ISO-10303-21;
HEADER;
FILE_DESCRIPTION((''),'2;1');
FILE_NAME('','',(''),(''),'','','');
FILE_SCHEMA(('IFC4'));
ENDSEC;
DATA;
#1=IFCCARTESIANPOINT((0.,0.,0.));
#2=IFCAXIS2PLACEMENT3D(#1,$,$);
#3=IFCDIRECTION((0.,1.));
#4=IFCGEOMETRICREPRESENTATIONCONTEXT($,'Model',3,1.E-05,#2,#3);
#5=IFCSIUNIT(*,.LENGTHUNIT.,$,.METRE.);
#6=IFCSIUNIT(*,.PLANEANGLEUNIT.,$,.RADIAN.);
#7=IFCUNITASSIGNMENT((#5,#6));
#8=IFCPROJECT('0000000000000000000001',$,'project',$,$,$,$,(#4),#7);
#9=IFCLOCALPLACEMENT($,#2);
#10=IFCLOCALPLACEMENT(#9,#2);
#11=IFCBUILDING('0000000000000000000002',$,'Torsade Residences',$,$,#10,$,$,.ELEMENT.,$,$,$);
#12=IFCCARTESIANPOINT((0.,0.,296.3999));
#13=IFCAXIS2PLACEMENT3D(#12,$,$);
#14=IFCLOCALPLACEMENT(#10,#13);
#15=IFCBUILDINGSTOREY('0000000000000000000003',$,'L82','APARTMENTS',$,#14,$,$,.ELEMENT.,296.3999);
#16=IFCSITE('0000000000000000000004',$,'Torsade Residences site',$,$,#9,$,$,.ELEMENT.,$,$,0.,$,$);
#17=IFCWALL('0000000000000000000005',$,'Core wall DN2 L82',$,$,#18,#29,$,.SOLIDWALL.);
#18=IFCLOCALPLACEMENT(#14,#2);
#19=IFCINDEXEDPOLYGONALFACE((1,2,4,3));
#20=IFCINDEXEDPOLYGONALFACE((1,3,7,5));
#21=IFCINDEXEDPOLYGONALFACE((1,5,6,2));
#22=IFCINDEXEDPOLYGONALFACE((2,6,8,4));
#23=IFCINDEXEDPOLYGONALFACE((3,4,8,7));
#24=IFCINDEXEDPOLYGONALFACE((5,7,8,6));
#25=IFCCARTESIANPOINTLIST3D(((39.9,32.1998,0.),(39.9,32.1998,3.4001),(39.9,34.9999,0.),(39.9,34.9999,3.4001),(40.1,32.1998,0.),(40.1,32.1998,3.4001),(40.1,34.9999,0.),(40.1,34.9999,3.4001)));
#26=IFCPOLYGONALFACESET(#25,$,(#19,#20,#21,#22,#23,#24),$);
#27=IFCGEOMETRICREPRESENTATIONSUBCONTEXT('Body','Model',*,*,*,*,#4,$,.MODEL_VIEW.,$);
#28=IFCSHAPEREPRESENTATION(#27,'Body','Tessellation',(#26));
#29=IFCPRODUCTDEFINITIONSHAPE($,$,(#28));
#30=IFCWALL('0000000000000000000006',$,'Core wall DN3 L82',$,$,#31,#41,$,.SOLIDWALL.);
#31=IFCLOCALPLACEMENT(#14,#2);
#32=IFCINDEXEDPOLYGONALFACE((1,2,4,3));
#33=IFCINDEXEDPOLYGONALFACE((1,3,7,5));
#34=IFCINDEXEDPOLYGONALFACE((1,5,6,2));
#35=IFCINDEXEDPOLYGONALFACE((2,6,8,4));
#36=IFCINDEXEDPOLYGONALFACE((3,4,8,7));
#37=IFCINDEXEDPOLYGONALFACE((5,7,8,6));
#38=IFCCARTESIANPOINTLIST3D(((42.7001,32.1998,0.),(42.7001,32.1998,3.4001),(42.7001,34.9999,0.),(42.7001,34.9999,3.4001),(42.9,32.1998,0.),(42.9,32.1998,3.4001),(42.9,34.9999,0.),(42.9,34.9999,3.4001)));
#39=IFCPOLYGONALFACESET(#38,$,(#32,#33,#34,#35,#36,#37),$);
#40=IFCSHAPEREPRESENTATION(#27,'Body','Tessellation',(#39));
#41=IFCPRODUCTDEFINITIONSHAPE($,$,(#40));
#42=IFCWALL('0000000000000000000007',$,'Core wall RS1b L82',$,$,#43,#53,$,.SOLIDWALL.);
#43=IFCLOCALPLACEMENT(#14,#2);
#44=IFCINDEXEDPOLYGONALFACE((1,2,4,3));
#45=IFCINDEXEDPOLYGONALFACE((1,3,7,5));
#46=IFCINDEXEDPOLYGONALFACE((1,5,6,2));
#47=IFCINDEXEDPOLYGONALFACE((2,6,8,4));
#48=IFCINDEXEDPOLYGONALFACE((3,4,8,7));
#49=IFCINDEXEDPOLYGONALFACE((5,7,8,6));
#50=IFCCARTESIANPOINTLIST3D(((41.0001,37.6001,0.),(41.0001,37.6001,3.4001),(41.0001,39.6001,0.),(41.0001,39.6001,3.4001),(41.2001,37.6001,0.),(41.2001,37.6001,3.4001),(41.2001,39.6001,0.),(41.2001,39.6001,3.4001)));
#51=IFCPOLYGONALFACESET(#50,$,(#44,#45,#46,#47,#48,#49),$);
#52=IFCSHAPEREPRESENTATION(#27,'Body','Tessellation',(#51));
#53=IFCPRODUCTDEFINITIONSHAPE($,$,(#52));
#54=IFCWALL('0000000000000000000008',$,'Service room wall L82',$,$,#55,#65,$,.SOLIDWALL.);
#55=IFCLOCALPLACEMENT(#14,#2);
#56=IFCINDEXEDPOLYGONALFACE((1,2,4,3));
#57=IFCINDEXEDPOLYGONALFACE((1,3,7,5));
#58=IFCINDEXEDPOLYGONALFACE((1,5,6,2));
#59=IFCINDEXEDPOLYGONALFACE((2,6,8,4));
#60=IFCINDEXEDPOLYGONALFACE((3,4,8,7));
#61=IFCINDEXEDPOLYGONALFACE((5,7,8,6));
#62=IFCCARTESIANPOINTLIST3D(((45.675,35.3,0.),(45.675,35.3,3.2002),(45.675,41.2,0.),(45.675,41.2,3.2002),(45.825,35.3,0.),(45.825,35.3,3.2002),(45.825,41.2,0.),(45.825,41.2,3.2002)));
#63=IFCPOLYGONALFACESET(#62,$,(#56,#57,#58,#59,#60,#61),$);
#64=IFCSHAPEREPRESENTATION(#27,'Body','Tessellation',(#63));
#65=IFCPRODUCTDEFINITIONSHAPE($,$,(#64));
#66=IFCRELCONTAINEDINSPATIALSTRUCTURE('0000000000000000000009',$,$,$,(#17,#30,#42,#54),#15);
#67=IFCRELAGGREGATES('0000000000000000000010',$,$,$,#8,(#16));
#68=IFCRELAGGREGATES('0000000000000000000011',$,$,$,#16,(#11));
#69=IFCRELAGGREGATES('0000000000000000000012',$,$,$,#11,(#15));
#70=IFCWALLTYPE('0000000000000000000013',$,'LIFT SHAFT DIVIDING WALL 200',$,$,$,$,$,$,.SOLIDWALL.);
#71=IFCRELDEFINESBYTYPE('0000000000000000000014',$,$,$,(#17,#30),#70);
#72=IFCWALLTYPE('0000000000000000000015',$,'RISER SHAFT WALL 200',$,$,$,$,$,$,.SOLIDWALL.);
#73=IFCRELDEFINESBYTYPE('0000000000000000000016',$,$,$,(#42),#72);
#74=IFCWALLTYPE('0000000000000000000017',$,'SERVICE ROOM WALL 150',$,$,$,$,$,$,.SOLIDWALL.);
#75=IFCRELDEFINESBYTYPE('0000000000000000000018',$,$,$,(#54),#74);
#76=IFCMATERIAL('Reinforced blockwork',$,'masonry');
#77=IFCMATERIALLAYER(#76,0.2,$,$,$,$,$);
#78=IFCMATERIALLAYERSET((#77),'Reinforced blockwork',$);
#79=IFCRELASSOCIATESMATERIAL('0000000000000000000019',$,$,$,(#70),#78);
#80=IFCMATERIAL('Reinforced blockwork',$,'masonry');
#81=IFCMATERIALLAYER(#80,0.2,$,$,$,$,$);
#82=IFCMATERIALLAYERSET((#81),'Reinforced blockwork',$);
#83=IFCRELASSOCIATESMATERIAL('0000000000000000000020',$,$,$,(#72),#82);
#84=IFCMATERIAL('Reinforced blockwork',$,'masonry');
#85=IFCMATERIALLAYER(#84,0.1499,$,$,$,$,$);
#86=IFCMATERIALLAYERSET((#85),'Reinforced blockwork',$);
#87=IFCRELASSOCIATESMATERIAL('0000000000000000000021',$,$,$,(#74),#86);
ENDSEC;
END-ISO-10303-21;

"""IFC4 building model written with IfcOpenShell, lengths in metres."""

from ifc_helpers import new_model, si_unit, direction, frame, frame_2d, origin, place, context, subcontext, project, spatial, rectangle, extrude, material, layer, layer_set, type_object, element, save


model = new_model("IFC4")

# Units and contexts
model_context = context("Model", 3, precision=1e-05, world=origin(), true_north=direction((0.0, 1.0)))
body_context = subcontext(model_context, "Body", "Model", "MODEL_VIEW")
ifc_project = project(units=[si_unit("LENGTHUNIT", "METRE"), si_unit("PLANEANGLEUNIT", "RADIAN")], contexts=[model_context])

# Site, building, storey
site_placement = place(None, origin())
site = spatial("IfcSite", under=ifc_project, at=site_placement, Name="Torsade Residences site", CompositionType="ELEMENT", RefElevation=0.0)
building_placement = place(site_placement, origin())
building = spatial("IfcBuilding", under=site, at=building_placement, Name="Torsade Residences", CompositionType="ELEMENT")
storey_placement = place(building_placement, frame((0.0, 0.0, 296.3999)))
storey = spatial("IfcBuildingStorey", under=building, at=storey_placement, Name="L82", Description="APARTMENTS", CompositionType="ELEMENT", Elevation=296.3999)

# Walls
ifc_material_1 = material(Name="Reinforced blockwork", Category="masonry")
ifc_layer_1 = layer(ifc_material_1, 0.2)
ifc_layer_set_1 = layer_set([ifc_layer_1], Name="Reinforced blockwork")
wall_type_1 = type_object("IfcWallType", Name="LIFT SHAFT DIVIDING WALL 200", PredefinedType="SOLIDWALL", material=ifc_layer_set_1)
for number, where, z_axis, x_axis, name in (
    (1, (40.0, 32.2, 0.0), (0.0, 0.0, 1.0), (0.0, 1.0, 0.0), "Core wall DN2 L82"),
    (2, (42.8, 32.2, 0.0), (0.0, 0.0, 1.0), (0.0, 1.0, 0.0), "Core wall DN3 L82"),
):
    element("IfcWall", number, at=place(storey_placement, frame(where, z_axis=z_axis, x_axis=x_axis)), inside=storey, type_object=wall_type_1, Name=name, PredefinedType="SOLIDWALL", context=body_context, shape_type="SweptSolid", body=[
        extrude(rectangle(XDim=2.8, YDim=0.2, at=frame_2d((1.3999, 0.0))), origin(), (0.0, 0.0, 1.0), 3.4001),
    ])
ifc_material_2 = material(Name="Reinforced blockwork", Category="masonry")
ifc_layer_2 = layer(ifc_material_2, 0.2)
ifc_layer_set_2 = layer_set([ifc_layer_2], Name="Reinforced blockwork")
wall_type_2 = type_object("IfcWallType", Name="RISER SHAFT WALL 200", PredefinedType="SOLIDWALL", material=ifc_layer_set_2)
wall_1_placement = place(storey_placement, frame((41.1001, 37.6001, 0.0), z_axis=(0.0, 0.0, 1.0), x_axis=(0.0, 1.0, 0.0)))
element("IfcWall", 3, at=wall_1_placement, inside=storey, type_object=wall_type_2, Name="Core wall RS1b L82", PredefinedType="SOLIDWALL", context=body_context, shape_type="SweptSolid", body=[
    extrude(rectangle(XDim=2.0, YDim=0.2, at=frame_2d((1.0, 0.0))), origin(), (0.0, 0.0, 1.0), 3.4001),
])
ifc_material_3 = material(Name="Reinforced blockwork", Category="masonry")
ifc_layer_3 = layer(ifc_material_3, 0.1499)
ifc_layer_set_3 = layer_set([ifc_layer_3], Name="Reinforced blockwork")
wall_type_3 = type_object("IfcWallType", Name="SERVICE ROOM WALL 150", PredefinedType="SOLIDWALL", material=ifc_layer_set_3)
wall_2_placement = place(storey_placement, frame((45.75, 41.2, 0.0), z_axis=(0.0, 0.0, 1.0), x_axis=(0.0, -1.0, 0.0)))
element("IfcWall", 4, at=wall_2_placement, inside=storey, type_object=wall_type_3, Name="Service room wall L82", PredefinedType="SOLIDWALL", context=body_context, shape_type="SweptSolid", body=[
    extrude(rectangle(XDim=5.8999, YDim=0.1499, at=frame_2d((2.95, 0.0))), origin(), (0.0, 0.0, 1.0), 3.2002),
])

save(model, "model.ifc")
